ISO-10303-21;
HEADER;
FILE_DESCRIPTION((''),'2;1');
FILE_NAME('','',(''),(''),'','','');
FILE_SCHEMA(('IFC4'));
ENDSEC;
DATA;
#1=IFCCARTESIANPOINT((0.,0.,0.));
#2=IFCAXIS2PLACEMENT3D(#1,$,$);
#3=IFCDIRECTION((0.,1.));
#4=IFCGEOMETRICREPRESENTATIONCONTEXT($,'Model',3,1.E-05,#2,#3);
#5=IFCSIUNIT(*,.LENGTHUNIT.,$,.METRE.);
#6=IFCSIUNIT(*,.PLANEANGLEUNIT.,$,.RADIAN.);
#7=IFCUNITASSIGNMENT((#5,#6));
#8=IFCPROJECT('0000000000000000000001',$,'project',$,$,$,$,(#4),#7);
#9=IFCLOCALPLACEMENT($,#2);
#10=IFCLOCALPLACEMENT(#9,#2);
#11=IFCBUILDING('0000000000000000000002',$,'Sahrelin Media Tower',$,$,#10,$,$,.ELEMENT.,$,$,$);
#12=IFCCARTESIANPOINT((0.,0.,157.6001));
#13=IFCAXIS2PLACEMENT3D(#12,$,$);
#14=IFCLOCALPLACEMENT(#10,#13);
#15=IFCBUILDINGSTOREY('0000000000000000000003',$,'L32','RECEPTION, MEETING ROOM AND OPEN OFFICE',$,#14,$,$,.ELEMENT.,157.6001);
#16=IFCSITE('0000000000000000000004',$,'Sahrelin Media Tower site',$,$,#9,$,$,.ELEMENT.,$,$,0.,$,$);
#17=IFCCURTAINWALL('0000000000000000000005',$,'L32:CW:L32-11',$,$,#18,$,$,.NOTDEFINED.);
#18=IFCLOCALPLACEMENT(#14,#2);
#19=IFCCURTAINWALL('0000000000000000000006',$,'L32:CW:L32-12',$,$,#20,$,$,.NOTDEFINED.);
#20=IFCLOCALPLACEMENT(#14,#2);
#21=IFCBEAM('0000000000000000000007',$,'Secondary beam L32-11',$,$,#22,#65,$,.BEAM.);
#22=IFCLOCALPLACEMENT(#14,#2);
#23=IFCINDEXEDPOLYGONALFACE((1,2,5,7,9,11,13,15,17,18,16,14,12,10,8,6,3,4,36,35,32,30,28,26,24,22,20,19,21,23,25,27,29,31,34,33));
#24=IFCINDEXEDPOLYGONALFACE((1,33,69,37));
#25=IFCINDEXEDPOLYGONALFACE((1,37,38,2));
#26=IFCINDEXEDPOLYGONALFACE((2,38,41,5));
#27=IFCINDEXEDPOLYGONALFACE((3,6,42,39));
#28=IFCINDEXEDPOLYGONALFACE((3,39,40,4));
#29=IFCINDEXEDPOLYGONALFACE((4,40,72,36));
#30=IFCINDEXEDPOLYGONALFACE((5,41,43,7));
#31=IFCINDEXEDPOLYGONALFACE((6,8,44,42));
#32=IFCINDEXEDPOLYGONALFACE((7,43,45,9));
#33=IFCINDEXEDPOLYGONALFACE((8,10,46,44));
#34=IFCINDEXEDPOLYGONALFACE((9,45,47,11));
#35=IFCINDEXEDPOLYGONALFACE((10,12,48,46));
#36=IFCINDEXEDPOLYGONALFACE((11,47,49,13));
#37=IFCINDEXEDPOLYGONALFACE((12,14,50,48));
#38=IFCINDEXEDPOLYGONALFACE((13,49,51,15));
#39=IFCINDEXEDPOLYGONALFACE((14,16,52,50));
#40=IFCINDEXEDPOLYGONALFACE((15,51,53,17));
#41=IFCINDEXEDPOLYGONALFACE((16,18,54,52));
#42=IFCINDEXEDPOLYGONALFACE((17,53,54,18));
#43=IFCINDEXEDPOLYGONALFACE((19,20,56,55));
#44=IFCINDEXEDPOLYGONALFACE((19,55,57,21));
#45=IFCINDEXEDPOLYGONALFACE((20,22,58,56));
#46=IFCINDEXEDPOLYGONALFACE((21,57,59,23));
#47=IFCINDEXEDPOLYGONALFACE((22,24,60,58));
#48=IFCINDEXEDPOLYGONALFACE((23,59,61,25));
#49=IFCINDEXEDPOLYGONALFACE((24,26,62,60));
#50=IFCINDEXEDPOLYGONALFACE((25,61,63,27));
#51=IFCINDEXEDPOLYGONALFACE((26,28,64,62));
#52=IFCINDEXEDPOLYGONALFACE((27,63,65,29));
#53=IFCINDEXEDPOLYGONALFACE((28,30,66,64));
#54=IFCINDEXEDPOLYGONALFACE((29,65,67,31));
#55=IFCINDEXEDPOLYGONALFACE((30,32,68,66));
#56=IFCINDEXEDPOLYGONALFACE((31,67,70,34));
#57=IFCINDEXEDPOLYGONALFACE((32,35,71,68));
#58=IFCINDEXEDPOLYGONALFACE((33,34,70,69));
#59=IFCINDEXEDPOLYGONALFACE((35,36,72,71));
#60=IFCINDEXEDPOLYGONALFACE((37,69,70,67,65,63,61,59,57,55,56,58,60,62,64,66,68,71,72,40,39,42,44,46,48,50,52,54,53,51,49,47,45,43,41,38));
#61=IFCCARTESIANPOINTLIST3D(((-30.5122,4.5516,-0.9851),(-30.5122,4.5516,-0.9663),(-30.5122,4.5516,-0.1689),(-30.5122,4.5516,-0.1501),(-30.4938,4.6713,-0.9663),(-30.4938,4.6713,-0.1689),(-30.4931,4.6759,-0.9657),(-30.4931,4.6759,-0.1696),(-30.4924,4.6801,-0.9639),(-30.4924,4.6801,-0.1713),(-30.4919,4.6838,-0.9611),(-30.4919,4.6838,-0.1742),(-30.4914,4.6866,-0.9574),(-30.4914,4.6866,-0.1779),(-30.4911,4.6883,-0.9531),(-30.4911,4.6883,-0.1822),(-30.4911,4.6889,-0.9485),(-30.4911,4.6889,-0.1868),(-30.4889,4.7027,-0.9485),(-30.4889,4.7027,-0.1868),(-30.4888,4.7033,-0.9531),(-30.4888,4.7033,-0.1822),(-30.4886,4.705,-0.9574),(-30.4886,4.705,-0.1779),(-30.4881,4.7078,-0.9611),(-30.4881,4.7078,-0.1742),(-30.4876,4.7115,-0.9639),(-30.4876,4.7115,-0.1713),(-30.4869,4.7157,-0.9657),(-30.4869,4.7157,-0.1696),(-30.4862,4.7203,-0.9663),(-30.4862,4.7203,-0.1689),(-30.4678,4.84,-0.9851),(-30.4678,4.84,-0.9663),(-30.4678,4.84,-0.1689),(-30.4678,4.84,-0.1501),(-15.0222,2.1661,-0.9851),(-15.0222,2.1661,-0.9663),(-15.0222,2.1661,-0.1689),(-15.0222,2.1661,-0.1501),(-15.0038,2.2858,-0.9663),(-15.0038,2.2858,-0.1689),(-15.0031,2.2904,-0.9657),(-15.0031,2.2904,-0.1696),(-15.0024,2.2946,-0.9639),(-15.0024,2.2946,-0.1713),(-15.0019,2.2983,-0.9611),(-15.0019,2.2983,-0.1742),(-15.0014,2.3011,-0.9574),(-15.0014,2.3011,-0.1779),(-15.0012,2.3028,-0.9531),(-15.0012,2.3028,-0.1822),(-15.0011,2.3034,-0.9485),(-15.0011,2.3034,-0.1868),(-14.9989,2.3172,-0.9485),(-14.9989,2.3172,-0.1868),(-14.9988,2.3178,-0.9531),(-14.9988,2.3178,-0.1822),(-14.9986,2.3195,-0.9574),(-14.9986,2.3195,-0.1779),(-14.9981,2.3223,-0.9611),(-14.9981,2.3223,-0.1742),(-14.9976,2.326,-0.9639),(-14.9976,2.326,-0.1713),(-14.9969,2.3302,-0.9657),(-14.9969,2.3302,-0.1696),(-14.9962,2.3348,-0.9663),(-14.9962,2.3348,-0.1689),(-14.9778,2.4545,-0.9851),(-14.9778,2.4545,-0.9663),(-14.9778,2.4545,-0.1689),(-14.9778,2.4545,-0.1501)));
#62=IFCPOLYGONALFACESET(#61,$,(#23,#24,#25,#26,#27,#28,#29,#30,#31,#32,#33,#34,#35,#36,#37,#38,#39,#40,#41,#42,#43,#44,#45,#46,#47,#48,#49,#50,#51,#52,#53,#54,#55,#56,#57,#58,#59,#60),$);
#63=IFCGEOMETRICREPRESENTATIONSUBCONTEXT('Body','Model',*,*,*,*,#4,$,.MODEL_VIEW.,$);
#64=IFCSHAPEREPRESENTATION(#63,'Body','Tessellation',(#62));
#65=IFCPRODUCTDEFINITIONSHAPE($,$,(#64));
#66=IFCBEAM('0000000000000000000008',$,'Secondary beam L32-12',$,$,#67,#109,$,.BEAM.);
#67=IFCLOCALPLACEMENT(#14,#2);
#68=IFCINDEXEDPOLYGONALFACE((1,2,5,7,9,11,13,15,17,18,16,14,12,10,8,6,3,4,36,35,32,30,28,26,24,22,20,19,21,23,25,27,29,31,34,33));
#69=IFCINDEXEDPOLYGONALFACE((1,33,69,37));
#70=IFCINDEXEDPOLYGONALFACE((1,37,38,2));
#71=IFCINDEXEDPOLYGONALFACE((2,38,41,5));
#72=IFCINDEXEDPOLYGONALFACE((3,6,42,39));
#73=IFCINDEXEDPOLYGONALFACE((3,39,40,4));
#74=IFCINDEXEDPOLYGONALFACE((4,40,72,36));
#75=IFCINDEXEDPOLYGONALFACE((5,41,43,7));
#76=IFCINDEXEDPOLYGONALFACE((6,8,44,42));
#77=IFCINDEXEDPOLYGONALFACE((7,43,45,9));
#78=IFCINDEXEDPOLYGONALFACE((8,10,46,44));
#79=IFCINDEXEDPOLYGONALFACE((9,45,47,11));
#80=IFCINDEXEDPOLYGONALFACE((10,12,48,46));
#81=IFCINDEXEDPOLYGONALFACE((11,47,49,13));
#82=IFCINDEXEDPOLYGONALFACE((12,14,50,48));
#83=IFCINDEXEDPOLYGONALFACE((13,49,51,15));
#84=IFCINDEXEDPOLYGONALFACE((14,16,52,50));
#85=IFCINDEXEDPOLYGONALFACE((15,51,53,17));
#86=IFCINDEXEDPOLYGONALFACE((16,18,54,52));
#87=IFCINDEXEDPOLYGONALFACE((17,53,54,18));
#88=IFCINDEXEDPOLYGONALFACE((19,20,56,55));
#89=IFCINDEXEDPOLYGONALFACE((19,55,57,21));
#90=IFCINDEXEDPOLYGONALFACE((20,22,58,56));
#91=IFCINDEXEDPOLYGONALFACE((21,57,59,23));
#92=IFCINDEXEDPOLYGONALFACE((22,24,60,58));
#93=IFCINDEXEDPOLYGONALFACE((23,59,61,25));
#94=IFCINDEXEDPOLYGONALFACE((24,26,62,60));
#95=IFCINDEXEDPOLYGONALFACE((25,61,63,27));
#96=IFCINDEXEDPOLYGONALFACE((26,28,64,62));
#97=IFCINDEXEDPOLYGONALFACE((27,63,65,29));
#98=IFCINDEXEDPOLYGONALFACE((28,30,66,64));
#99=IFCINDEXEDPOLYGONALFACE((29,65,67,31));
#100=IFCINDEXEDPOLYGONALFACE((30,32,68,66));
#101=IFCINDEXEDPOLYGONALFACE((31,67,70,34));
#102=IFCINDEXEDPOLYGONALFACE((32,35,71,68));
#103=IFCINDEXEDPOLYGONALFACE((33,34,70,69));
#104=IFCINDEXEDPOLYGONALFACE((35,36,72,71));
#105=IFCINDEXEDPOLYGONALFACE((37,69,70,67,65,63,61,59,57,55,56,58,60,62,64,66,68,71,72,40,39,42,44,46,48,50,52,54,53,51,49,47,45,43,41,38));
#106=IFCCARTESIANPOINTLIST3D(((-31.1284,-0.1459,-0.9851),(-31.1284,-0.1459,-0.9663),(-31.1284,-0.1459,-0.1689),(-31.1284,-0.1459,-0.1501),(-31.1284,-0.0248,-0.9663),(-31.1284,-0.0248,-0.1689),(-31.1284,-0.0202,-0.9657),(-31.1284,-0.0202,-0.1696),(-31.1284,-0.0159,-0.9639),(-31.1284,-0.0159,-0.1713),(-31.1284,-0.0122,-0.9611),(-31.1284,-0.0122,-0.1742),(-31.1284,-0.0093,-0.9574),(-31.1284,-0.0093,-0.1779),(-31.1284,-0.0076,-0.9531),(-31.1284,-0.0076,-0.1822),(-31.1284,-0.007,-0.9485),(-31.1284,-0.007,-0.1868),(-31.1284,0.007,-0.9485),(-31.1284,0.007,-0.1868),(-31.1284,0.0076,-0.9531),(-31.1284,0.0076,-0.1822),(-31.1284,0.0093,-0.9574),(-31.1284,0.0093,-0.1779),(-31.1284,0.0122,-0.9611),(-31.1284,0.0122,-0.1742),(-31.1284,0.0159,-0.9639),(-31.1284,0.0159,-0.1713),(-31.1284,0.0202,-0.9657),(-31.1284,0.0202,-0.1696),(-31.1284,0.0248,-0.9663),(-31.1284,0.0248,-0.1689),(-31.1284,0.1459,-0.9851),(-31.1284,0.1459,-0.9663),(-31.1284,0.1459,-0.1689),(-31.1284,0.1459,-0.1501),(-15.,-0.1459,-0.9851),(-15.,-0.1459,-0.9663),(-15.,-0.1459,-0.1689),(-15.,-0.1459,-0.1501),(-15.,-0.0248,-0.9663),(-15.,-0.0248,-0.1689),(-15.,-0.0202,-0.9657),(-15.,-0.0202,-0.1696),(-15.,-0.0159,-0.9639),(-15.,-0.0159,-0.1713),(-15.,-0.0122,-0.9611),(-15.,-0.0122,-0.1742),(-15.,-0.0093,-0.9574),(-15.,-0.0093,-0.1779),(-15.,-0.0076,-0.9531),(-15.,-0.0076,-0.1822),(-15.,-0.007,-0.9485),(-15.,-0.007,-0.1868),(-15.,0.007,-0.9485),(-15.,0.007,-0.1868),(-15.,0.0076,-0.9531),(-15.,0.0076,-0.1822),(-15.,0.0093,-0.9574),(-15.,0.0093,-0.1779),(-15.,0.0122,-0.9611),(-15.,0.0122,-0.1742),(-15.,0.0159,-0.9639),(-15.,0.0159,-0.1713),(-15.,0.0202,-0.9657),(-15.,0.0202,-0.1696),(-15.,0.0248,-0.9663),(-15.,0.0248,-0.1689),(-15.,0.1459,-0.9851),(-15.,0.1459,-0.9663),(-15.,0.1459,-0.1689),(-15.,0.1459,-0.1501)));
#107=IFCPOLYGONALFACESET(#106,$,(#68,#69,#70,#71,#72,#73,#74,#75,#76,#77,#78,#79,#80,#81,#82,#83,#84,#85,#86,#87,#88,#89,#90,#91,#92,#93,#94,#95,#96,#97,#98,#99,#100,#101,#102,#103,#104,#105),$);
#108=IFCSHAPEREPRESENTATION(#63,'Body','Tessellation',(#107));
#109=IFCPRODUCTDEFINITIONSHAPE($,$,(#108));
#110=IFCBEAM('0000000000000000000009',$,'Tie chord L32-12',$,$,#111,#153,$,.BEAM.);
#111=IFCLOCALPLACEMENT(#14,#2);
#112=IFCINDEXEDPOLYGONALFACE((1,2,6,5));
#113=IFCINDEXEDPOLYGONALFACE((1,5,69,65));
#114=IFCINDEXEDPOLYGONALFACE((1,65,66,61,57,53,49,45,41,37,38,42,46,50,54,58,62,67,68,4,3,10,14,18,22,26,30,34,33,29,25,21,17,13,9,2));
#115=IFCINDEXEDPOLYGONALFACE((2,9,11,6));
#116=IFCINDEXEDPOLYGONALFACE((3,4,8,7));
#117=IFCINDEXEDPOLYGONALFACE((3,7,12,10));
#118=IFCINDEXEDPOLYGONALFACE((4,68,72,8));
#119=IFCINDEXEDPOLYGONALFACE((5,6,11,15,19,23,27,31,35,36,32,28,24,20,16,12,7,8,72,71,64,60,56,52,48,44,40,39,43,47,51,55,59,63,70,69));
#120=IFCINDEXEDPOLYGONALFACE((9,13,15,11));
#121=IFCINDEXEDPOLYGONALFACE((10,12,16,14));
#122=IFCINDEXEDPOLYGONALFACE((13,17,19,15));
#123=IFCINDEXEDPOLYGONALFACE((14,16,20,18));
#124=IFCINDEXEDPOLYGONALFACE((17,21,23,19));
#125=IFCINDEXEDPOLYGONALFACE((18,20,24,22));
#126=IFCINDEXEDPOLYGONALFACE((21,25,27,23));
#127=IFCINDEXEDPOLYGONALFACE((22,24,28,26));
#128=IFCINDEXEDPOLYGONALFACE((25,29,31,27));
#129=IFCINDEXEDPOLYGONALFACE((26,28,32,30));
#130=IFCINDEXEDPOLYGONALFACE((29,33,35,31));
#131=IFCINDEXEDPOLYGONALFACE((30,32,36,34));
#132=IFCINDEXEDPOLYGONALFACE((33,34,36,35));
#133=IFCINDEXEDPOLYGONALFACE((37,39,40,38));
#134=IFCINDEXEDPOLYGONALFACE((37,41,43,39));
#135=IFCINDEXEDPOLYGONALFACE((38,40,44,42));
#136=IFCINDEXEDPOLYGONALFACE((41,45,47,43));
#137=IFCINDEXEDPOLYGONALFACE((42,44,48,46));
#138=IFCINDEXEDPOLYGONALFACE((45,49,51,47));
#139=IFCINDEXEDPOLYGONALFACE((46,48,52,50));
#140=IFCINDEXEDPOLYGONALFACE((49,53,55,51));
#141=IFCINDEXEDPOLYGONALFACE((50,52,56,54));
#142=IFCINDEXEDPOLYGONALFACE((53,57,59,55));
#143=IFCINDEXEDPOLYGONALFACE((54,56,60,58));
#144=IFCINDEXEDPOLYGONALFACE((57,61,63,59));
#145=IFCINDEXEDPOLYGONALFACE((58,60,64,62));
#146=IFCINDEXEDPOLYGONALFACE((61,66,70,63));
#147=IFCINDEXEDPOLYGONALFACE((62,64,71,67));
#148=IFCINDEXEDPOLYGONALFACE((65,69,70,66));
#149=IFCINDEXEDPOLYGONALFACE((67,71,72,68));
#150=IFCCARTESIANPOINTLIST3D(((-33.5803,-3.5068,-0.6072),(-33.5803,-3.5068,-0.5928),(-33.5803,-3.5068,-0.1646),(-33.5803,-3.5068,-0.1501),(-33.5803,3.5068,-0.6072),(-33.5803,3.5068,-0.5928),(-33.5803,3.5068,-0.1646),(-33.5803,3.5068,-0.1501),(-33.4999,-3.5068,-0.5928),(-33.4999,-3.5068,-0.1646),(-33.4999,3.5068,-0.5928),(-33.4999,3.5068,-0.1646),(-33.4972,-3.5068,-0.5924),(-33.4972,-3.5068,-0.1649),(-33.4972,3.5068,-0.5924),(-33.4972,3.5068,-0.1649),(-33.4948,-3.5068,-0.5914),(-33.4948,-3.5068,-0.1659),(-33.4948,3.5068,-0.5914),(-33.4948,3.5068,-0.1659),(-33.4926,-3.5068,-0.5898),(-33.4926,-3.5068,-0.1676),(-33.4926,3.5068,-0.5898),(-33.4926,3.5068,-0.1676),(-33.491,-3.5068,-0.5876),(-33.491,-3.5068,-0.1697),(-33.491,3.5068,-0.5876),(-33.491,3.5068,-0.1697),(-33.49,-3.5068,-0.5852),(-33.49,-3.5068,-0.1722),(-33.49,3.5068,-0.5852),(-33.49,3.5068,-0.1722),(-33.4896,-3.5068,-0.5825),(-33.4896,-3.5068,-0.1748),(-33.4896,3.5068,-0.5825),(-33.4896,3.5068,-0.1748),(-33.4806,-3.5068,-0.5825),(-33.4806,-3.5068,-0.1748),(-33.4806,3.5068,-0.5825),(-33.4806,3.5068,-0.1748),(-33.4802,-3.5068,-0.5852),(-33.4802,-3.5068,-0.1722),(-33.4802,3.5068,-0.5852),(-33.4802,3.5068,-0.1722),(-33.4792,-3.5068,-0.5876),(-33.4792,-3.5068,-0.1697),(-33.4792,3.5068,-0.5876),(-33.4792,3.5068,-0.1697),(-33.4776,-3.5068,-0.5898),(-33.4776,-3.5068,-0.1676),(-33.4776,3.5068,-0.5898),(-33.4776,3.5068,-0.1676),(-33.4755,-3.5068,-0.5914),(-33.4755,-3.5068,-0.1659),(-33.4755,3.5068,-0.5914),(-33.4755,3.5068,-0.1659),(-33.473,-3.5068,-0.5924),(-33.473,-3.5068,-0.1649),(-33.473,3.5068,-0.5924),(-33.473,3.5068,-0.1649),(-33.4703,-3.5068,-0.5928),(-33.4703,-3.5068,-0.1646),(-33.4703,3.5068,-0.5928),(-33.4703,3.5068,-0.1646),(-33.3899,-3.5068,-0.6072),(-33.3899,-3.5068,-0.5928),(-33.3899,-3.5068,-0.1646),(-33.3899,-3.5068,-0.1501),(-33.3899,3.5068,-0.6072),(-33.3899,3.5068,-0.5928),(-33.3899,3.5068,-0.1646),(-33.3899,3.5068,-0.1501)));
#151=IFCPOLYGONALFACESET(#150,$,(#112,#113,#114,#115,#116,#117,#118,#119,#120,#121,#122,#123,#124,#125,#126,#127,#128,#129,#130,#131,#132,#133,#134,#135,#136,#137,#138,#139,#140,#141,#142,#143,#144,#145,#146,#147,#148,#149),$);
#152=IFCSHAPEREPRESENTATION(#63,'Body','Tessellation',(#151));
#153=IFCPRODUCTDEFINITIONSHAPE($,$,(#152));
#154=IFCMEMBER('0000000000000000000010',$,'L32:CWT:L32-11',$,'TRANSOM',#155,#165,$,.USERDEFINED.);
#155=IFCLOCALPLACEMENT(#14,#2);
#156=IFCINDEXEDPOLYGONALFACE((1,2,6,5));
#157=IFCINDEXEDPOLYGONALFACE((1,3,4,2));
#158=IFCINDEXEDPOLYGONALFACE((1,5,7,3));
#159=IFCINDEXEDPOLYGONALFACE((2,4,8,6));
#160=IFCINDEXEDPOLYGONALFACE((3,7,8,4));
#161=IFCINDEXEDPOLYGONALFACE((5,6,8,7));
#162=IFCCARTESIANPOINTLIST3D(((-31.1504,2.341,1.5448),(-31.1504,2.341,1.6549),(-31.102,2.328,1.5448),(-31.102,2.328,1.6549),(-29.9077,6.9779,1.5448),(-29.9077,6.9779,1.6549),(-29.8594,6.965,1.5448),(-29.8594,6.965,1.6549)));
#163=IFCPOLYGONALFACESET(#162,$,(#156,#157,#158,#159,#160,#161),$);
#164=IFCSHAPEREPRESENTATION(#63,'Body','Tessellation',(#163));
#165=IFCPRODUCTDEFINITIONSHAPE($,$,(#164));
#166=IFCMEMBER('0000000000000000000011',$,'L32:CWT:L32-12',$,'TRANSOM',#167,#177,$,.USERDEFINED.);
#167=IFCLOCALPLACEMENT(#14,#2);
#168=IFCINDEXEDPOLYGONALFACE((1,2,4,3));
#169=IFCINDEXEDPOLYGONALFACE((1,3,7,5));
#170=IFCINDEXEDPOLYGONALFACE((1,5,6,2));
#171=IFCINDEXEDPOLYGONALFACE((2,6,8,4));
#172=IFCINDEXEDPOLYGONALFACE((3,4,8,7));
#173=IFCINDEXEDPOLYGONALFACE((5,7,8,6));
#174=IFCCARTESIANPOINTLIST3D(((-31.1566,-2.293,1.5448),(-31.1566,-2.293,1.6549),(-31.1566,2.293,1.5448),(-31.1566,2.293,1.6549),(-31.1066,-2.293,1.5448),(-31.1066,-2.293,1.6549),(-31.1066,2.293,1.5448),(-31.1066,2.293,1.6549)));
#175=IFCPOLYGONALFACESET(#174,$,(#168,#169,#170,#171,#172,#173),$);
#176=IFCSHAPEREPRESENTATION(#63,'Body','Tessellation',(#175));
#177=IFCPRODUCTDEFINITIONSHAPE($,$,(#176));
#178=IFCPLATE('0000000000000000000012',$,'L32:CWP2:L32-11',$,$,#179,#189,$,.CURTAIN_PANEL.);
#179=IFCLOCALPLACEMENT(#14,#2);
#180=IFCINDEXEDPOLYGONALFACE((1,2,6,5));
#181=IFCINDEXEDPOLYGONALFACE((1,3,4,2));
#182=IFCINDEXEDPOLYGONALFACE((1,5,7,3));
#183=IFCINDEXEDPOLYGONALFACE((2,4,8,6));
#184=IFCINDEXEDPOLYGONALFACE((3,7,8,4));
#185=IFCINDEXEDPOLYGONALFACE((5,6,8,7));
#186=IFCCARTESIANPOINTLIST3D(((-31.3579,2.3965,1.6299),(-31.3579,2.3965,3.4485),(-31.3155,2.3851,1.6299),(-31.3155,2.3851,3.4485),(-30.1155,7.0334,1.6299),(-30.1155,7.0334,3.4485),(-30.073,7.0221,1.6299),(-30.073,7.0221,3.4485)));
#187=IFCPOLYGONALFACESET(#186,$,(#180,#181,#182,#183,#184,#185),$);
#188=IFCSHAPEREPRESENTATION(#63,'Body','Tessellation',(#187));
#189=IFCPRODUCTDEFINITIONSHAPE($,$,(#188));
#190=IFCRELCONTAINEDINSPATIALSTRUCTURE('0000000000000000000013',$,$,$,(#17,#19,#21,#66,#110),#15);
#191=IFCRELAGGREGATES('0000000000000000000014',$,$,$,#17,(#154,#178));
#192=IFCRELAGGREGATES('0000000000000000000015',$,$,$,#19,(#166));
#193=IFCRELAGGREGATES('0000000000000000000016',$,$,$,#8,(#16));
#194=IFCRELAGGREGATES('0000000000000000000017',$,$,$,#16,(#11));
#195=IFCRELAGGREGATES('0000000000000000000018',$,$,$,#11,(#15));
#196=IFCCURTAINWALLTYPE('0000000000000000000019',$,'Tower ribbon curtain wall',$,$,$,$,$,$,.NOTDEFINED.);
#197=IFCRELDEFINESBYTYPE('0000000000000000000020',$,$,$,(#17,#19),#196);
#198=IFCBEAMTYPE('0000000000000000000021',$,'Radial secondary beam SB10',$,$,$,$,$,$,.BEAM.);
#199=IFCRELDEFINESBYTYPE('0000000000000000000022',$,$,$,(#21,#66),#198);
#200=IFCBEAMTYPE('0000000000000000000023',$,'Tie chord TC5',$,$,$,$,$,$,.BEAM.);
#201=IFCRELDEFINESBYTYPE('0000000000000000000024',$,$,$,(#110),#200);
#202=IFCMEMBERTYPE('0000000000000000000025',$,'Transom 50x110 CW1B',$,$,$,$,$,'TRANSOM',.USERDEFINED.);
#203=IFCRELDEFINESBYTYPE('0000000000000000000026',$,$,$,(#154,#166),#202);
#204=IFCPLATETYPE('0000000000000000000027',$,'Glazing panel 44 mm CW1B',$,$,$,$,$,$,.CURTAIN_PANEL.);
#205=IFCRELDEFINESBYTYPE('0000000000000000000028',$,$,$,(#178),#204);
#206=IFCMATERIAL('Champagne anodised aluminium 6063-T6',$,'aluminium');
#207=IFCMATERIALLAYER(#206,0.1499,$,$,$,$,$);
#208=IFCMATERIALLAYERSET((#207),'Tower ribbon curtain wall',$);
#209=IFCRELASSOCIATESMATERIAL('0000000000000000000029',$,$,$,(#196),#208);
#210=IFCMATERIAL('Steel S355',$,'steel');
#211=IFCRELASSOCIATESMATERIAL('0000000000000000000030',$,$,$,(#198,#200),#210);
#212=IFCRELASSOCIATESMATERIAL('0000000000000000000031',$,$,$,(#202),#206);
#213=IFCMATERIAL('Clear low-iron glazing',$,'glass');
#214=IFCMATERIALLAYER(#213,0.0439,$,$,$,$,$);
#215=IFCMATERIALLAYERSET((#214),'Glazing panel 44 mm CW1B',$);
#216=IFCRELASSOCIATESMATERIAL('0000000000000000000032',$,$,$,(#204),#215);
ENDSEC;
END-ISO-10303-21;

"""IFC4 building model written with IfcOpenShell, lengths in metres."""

from ifc_helpers import new_model, si_unit, direction, frame, origin, origin_2d, place, context, subcontext, project, spatial, polyline, rectangle, i_section, outline, extrude, material, layer, layer_set, material_profile, profile_set, type_object, element, aggregate, save


model = new_model("IFC4")

# Units and contexts
model_context = context("Model", 3, precision=1e-05, world=origin(), true_north=direction((0.0, 1.0)))
body_context = subcontext(model_context, "Body", "Model", "MODEL_VIEW")
ifc_project = project(units=[si_unit("LENGTHUNIT", "METRE"), si_unit("PLANEANGLEUNIT", "RADIAN")], contexts=[model_context])

# Site, building, storey
site_placement = place(None, origin())
site = spatial("IfcSite", under=ifc_project, at=site_placement, Name="Sahrelin Media Tower site", CompositionType="ELEMENT", RefElevation=0.0)
building_placement = place(site_placement, origin())
building = spatial("IfcBuilding", under=site, at=building_placement, Name="Sahrelin Media Tower", CompositionType="ELEMENT")
storey_placement = place(building_placement, frame((0.0, 0.0, 157.6001)))
storey = spatial("IfcBuildingStorey", under=building, at=storey_placement, Name="L32", Description="RECEPTION, MEETING ROOM AND OPEN OFFICE", CompositionType="ELEMENT", Elevation=157.6001)

# Shared definitions
ifc_material_1 = material(Name="Steel S355", Category="steel")

# Curtain walls
ifc_material_2 = material(Name="Champagne anodised aluminium 6063-T6", Category="aluminium")
ifc_layer_1 = layer(ifc_material_2, 0.1499)
ifc_layer_set_1 = layer_set([ifc_layer_1], Name="Tower ribbon curtain wall")
curtain_wall_type = type_object("IfcCurtainWallType", Name="Tower ribbon curtain wall", PredefinedType="NOTDEFINED", material=ifc_layer_set_1)
curtain_wall_1_placement = place(storey_placement, frame((-30.7173, 4.7097, 0.0), z_axis=(0.0, 0.0, 1.0), x_axis=(1.0, 0.0, 0.0)))
curtain_wall_1 = element("IfcCurtainWall", 1, at=curtain_wall_1_placement, inside=storey, type_object=curtain_wall_type, Name="L32:CW:L32-11", PredefinedType="NOTDEFINED")
curtain_wall_2_placement = place(storey_placement, frame((-31.3516, 0.0, 0.0), z_axis=(0.0, 0.0, 1.0), x_axis=(1.0, 0.0, 0.0)))
curtain_wall_2 = element("IfcCurtainWall", 2, at=curtain_wall_2_placement, inside=storey, type_object=curtain_wall_type, Name="L32:CW:L32-12", PredefinedType="NOTDEFINED")

# Beams
ifc_material_profile_1 = material_profile(ifc_material_1, i_section(OverallWidth=0.2917, OverallDepth=0.835, WebThickness=0.0139, FlangeThickness=0.0188, FilletRadius=0.0178, at=origin_2d()), Name="UB 838x292x176")
ifc_profile_set_1 = profile_set([ifc_material_profile_1], Name="Steel S355")
beam_type_1 = type_object("IfcBeamType", Name="Radial secondary beam SB10", PredefinedType="BEAM", material=ifc_profile_set_1)
beam_1_placement = place(storey_placement, frame((-15.0, 2.3103, -0.5676), z_axis=(-0.988348, 0.152208, 0.0), x_axis=(-0.152208, -0.988348, 0.0)))
element("IfcBeam", 3, at=beam_1_placement, inside=storey, type_object=beam_type_1, Name="Secondary beam L32-11", PredefinedType="BEAM", context=body_context, shape_type="SweptSolid", body=[
    extrude(i_section(OverallWidth=0.2917, OverallDepth=0.835, WebThickness=0.0139, FlangeThickness=0.0188, FilletRadius=0.0178, at=origin_2d()), origin(), (0.0, 0.0, 1.0), 15.6726),
])
beam_2_placement = place(storey_placement, frame((-15.0, 0.0, -0.5676), z_axis=(-1.0, 0.0, 0.0), x_axis=(0.0, -1.0, 0.0)))
element("IfcBeam", 4, at=beam_2_placement, inside=storey, type_object=beam_type_1, Name="Secondary beam L32-12", PredefinedType="BEAM", context=body_context, shape_type="SweptSolid", body=[
    extrude(i_section(OverallWidth=0.2917, OverallDepth=0.835, WebThickness=0.0139, FlangeThickness=0.0188, FilletRadius=0.0178, at=origin_2d()), origin(), (0.0, 0.0, 1.0), 16.1284),
])
ifc_material_profile_2 = material_profile(ifc_material_1, i_section(OverallWidth=0.1904, OverallDepth=0.457, WebThickness=0.009, FlangeThickness=0.0144, FilletRadius=0.0103, at=origin_2d()), Name="UB 457x191x74")
ifc_profile_set_2 = profile_set([ifc_material_profile_2], Name="Steel S355")
beam_type_2 = type_object("IfcBeamType", Name="Tie chord TC5", PredefinedType="BEAM", material=ifc_profile_set_2)
beam_3_placement = place(storey_placement, frame((-33.4851, 3.5068, -0.3787), z_axis=(0.0, -1.0, 0.0), x_axis=(1.0, 0.0, 0.0)))
element("IfcBeam", 5, at=beam_3_placement, inside=storey, type_object=beam_type_2, Name="Tie chord L32-12", PredefinedType="BEAM", context=body_context, shape_type="SweptSolid", body=[
    extrude(i_section(OverallWidth=0.1904, OverallDepth=0.457, WebThickness=0.009, FlangeThickness=0.0144, FilletRadius=0.0103, at=origin_2d()), origin(), (0.0, 0.0, 1.0), 7.0137),
])

# Members
ifc_material_profile_3 = material_profile(ifc_material_2, rectangle(XDim=0.05, YDim=0.1101, at=origin_2d()), Name="Transom 50x110")
ifc_profile_set_3 = profile_set([ifc_material_profile_3], Name="Champagne anodised aluminium 6063-T6")
member_type_1 = type_object("IfcMemberType", Name="Transom 50x110 CW1B", ElementType="TRANSOM", PredefinedType="USERDEFINED", material=ifc_profile_set_3)
member_1_placement = place(storey_placement, frame((-29.8835, 6.9714, 1.5999), z_axis=(-0.258859, -0.965915, 0.0), x_axis=(0.965915, -0.258859, 0.0)))
member_1 = element("IfcMember", 6, at=member_1_placement, type_object=member_type_1, Name="L32:CWT:L32-11", ObjectType="TRANSOM", PredefinedType="USERDEFINED", context=body_context, shape_type="SweptSolid", body=[
    extrude(rectangle(XDim=0.05, YDim=0.1101, at=origin_2d()), origin(), (0.0, 0.0, 1.0), 4.8005),
])
member_2_placement = place(storey_placement, frame((-31.1316, 2.293, 1.5999), z_axis=(0.0, -1.0, 0.0), x_axis=(1.0, 0.0, 0.0)))
member_2 = element("IfcMember", 7, at=member_2_placement, type_object=member_type_1, Name="L32:CWT:L32-12", ObjectType="TRANSOM", PredefinedType="USERDEFINED", context=body_context, shape_type="SweptSolid", body=[
    extrude(rectangle(XDim=0.05, YDim=0.1101, at=origin_2d()), origin(), (0.0, 0.0, 1.0), 4.5859),
])

# Plate
ifc_material_3 = material(Name="Clear low-iron glazing", Category="glass")
ifc_layer_2 = layer(ifc_material_3, 0.0439)
ifc_layer_set_2 = layer_set([ifc_layer_2], Name="Glazing panel 44 mm CW1B")
plate_type_1 = type_object("IfcPlateType", Name="Glazing panel 44 mm CW1B", PredefinedType="CURTAIN_PANEL", material=ifc_layer_set_2)
plate_1_placement = place(storey_placement, frame((-30.1155, 7.0334, 1.6299), z_axis=(-0.965928, 0.258811, 0.0), x_axis=(-0.258811, -0.965928, 0.0)))
plate_1 = element("IfcPlate", 8, at=plate_1_placement, type_object=plate_type_1, Name="L32:CWP2:L32-11", PredefinedType="CURTAIN_PANEL", context=body_context, shape_type="SweptSolid", body=[
    extrude(outline(polyline([(0.0, 0.0), (4.8005, 0.0), (4.8005, 1.8186), (0.0, 1.8186), (0.0, 0.0)])), origin(), (0.0, 0.0, -1.0), 0.0439),
])
aggregate(curtain_wall_1, [member_1, plate_1])
aggregate(curtain_wall_2, [member_2])

save(model, "model.ifc")
